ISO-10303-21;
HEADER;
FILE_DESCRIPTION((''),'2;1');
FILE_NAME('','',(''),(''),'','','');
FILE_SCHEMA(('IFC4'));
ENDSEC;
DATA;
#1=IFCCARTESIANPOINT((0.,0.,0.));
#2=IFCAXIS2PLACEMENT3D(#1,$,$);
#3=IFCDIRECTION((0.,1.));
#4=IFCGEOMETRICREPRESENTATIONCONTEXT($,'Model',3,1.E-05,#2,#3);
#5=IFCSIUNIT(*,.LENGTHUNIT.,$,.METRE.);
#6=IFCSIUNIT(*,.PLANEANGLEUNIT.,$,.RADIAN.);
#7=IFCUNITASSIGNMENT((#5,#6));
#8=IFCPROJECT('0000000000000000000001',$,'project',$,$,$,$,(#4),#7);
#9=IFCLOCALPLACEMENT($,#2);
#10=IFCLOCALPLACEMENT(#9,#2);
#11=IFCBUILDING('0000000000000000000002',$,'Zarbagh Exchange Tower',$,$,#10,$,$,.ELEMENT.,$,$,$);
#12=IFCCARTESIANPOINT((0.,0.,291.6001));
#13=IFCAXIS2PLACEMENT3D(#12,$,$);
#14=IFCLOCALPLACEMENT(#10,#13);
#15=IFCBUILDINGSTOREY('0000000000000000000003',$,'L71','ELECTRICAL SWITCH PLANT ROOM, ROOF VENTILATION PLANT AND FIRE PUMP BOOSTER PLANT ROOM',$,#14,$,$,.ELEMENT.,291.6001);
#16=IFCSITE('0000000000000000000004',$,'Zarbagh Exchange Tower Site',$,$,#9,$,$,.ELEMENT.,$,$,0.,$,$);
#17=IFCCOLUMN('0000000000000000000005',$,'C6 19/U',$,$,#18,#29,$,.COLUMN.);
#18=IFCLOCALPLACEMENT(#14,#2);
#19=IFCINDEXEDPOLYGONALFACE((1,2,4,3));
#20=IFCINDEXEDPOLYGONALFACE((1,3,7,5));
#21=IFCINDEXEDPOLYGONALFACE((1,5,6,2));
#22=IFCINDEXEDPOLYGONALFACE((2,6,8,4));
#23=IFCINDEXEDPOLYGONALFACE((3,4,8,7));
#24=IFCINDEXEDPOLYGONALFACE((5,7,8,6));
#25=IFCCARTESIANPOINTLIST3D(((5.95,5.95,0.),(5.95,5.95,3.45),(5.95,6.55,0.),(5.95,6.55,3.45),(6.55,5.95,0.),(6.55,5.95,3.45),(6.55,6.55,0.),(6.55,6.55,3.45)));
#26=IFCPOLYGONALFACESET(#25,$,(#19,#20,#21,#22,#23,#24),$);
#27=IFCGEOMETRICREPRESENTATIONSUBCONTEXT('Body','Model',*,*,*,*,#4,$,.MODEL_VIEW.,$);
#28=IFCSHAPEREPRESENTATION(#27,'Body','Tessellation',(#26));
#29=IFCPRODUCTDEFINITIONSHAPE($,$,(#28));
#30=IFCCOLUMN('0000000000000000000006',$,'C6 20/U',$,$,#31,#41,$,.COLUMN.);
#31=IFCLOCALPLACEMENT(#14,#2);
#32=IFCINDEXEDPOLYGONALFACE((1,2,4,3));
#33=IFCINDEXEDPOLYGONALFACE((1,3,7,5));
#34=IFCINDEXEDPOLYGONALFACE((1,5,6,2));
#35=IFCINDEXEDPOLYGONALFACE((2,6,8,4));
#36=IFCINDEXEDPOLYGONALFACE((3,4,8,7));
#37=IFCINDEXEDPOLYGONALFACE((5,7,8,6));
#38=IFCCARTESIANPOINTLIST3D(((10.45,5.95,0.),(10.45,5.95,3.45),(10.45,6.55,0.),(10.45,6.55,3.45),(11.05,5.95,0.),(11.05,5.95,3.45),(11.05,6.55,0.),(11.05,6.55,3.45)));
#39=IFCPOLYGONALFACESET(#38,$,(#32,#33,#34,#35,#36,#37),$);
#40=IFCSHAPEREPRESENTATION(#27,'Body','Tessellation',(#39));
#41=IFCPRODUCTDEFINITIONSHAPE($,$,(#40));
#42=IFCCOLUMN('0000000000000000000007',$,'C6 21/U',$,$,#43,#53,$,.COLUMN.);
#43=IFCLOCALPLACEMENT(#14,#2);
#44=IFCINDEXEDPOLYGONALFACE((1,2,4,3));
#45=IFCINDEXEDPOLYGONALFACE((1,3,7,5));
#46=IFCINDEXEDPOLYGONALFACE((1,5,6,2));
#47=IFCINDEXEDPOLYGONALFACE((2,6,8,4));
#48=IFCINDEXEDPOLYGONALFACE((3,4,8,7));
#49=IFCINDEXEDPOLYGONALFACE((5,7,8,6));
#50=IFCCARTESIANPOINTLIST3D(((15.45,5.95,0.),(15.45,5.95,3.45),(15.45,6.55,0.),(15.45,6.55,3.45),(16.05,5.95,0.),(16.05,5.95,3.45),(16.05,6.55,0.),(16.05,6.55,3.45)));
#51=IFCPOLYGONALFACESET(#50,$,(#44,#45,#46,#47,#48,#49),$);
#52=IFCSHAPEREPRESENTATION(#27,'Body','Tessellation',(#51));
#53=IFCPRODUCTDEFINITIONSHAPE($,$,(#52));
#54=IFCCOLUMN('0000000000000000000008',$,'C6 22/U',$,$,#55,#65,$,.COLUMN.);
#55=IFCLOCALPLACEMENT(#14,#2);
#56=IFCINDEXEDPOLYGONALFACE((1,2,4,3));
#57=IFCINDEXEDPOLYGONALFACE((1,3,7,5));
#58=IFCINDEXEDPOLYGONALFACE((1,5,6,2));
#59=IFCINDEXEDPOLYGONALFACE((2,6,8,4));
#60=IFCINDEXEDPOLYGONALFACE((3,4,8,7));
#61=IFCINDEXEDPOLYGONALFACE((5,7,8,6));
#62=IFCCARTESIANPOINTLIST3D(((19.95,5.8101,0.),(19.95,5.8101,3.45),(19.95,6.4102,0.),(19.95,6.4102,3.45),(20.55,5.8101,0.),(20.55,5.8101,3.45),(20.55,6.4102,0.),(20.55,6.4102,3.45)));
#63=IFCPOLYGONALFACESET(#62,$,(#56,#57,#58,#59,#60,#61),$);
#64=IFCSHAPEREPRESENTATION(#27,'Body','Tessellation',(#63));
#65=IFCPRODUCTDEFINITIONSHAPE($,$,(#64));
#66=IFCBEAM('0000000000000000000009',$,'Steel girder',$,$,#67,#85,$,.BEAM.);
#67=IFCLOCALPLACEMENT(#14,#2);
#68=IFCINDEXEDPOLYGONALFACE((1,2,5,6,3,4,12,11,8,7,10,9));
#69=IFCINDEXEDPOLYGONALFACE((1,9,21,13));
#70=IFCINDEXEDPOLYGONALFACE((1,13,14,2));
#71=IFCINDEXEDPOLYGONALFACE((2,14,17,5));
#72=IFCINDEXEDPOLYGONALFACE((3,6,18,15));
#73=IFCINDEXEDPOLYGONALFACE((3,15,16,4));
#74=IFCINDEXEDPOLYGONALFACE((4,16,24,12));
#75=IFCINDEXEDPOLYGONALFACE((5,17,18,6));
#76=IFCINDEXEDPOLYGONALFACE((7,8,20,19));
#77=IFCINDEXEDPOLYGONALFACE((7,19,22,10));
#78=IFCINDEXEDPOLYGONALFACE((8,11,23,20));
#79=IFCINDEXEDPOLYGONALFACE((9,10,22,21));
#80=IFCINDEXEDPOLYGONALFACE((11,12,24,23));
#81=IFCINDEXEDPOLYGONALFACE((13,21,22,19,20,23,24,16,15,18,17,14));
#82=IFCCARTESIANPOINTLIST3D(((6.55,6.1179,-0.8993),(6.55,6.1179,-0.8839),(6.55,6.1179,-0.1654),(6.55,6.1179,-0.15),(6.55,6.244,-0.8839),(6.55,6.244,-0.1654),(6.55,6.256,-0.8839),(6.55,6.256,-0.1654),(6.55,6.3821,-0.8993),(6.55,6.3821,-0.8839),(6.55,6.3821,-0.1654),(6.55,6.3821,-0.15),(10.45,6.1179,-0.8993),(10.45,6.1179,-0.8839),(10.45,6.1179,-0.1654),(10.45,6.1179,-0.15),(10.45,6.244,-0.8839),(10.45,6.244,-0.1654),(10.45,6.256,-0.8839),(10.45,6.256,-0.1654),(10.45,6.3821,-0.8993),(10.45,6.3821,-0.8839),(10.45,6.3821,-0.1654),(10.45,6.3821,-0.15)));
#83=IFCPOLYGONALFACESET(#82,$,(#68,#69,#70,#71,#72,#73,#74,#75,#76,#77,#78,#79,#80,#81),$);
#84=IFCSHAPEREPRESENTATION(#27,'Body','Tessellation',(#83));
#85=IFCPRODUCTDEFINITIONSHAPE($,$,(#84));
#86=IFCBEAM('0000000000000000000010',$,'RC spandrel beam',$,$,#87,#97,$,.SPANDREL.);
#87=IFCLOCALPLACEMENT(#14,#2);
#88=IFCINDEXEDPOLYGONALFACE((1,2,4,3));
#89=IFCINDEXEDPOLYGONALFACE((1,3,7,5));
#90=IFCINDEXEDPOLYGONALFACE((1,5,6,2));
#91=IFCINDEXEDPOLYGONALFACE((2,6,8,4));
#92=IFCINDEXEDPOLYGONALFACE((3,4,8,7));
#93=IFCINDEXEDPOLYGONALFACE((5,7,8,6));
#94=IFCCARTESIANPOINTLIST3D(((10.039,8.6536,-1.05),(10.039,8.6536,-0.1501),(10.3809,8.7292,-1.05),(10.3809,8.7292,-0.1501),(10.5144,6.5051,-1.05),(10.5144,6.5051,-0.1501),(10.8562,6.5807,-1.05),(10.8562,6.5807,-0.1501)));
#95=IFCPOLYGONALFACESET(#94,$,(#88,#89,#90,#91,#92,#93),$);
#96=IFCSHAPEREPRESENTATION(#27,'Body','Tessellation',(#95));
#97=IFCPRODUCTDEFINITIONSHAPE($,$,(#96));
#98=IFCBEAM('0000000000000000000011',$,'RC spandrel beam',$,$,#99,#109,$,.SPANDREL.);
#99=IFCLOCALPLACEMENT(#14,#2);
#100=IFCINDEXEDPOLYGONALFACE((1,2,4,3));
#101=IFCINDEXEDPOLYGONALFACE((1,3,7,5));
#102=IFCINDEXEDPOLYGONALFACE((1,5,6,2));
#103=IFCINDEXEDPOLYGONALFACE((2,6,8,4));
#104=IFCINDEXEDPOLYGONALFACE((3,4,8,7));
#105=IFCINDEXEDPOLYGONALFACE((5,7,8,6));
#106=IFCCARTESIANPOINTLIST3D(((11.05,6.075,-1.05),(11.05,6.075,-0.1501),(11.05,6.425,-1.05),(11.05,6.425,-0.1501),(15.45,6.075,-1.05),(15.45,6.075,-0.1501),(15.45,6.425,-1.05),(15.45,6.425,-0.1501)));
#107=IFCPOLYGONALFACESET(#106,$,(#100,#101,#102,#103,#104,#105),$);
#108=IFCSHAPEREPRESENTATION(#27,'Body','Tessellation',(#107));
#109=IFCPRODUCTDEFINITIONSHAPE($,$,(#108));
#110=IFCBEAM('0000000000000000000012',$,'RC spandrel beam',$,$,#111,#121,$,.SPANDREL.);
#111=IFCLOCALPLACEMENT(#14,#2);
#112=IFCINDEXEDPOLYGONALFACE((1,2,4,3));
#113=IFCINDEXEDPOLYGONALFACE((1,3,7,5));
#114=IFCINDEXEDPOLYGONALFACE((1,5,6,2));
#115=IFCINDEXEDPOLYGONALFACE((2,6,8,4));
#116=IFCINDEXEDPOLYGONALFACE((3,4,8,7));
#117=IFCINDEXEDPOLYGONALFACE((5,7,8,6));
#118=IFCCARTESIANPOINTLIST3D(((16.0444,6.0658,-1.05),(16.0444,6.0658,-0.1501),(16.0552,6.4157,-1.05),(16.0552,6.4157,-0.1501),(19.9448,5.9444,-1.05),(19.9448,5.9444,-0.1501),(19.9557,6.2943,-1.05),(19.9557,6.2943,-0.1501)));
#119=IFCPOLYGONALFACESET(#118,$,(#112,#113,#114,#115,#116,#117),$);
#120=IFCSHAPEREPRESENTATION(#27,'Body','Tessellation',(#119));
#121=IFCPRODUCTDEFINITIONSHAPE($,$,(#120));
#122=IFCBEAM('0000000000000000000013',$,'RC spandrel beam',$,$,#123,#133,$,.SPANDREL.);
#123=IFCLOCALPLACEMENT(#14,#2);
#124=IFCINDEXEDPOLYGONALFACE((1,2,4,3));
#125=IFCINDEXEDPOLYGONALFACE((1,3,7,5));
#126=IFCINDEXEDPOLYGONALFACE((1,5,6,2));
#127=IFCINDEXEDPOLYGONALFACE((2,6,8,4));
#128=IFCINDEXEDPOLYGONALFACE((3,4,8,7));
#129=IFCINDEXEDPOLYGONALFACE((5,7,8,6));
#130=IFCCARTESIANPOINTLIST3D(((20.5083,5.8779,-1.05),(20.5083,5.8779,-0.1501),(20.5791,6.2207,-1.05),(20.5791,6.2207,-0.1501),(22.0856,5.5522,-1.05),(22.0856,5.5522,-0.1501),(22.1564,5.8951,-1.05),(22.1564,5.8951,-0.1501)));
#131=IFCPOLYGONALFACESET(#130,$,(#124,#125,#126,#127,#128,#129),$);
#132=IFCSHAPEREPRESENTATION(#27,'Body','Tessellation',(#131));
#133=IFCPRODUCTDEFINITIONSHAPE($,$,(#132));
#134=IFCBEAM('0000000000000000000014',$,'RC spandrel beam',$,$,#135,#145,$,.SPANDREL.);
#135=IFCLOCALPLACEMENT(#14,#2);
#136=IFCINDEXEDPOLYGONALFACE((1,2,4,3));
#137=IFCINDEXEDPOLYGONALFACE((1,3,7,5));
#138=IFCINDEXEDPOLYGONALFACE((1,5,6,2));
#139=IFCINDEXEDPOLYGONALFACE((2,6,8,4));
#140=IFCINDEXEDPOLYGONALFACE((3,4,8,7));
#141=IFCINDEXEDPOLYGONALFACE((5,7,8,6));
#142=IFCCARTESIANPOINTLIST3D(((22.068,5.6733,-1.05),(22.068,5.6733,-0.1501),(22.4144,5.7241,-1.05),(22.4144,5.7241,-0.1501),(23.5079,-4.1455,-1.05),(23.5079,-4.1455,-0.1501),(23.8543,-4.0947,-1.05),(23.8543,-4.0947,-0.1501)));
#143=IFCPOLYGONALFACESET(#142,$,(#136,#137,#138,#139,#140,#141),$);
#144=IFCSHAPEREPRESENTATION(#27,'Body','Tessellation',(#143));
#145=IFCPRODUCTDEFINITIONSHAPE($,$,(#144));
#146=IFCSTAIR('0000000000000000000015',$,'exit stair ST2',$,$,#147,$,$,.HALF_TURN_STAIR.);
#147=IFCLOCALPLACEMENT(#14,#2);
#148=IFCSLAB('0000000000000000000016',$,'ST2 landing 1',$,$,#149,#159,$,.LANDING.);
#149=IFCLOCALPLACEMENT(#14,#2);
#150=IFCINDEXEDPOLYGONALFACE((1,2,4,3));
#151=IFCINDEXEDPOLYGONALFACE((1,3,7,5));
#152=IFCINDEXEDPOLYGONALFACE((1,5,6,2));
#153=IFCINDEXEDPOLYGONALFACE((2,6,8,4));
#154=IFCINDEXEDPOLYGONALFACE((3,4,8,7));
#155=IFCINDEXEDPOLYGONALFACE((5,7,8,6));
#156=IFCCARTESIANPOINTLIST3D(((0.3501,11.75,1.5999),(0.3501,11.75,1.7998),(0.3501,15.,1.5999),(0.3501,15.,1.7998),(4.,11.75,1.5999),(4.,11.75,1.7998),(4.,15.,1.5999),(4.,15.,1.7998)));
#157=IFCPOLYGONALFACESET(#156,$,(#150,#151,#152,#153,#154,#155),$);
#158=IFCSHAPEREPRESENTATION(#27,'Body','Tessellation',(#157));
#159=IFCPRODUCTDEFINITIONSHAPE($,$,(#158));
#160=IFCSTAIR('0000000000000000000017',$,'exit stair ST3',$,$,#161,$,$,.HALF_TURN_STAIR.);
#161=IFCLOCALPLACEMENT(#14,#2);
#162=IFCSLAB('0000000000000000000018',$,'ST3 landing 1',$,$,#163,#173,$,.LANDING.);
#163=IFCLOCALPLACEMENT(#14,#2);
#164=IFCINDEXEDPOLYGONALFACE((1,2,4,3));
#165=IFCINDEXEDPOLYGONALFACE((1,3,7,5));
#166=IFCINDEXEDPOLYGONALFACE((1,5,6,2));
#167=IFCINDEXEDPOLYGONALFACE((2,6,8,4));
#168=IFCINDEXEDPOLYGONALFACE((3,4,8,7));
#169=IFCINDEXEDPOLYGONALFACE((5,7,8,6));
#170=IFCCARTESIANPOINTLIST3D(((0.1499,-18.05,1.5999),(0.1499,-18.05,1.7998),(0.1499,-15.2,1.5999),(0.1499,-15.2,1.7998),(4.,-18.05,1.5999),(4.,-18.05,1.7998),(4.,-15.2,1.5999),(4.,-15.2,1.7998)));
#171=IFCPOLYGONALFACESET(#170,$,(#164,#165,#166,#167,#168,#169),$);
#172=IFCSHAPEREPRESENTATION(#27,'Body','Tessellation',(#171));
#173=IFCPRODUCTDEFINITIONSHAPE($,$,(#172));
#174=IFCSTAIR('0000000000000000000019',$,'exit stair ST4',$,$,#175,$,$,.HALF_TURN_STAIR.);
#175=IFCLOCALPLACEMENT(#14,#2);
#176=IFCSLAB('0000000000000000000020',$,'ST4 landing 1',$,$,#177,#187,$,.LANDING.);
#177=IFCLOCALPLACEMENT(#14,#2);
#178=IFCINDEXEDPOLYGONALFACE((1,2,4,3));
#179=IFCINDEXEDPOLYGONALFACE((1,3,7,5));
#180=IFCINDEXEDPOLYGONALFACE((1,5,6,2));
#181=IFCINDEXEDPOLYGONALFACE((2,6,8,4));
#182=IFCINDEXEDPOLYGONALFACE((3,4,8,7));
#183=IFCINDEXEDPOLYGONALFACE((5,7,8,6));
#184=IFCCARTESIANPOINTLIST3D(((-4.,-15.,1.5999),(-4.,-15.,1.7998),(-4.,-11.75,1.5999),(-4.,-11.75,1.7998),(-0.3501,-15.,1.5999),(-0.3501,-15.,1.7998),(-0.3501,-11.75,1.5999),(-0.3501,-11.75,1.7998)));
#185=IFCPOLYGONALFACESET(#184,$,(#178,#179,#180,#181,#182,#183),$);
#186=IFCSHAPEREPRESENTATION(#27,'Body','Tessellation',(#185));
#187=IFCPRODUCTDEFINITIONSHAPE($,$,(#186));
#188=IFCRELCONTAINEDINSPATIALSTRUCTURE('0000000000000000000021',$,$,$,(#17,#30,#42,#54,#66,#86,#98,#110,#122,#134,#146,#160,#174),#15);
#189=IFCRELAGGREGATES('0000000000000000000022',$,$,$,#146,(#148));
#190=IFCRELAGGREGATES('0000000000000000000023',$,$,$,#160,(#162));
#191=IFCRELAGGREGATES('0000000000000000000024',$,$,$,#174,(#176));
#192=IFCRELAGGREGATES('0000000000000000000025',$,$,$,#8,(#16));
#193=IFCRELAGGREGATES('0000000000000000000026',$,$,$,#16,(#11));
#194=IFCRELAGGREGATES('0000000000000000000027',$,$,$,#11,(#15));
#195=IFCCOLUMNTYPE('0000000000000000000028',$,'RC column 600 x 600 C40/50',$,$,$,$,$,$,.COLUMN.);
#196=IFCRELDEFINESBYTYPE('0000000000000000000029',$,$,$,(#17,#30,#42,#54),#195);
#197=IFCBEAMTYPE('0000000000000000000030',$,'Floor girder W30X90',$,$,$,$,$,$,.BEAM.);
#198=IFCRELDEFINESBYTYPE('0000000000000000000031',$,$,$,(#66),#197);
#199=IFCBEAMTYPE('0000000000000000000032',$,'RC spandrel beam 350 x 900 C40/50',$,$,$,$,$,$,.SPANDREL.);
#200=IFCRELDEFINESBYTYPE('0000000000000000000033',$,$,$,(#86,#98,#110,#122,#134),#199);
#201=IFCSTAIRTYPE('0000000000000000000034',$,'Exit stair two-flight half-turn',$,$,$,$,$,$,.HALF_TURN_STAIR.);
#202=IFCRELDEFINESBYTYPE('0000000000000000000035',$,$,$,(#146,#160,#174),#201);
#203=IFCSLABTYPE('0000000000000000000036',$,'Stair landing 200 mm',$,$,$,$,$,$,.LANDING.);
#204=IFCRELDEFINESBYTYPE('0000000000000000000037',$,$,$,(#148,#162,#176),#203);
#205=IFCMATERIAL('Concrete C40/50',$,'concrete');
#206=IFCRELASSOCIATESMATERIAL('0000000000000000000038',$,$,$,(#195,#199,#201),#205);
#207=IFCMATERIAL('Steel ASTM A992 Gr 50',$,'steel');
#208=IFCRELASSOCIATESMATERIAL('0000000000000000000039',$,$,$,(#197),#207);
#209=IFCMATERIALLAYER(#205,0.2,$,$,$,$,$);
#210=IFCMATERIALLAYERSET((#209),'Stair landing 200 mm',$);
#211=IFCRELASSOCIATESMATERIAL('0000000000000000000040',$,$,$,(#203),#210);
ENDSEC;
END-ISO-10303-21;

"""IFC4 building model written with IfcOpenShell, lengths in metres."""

from ifc_helpers import new_model, si_unit, direction, frame, origin, origin_2d, place, context, subcontext, project, spatial, polyline, rectangle, i_section, outline, extrude, material, layer, layer_set, material_profile, profile_set, type_object, element, aggregate, save


model = new_model("IFC4")

# Units and contexts
model_context = context("Model", 3, precision=1e-05, world=origin(), true_north=direction((0.0, 1.0)))
body_context = subcontext(model_context, "Body", "Model", "MODEL_VIEW")
ifc_project = project(units=[si_unit("LENGTHUNIT", "METRE"), si_unit("PLANEANGLEUNIT", "RADIAN")], contexts=[model_context])

# Site, building, storey
site_placement = place(None, origin())
site = spatial("IfcSite", under=ifc_project, at=site_placement, Name="Zarbagh Exchange Tower Site", CompositionType="ELEMENT", RefElevation=0.0)
building_placement = place(site_placement, origin())
building = spatial("IfcBuilding", under=site, at=building_placement, Name="Zarbagh Exchange Tower", CompositionType="ELEMENT")
storey_placement = place(building_placement, frame((0.0, 0.0, 291.6001)))
storey = spatial("IfcBuildingStorey", under=building, at=storey_placement, Name="L71", Description="ELECTRICAL SWITCH PLANT ROOM, ROOF VENTILATION PLANT AND FIRE PUMP BOOSTER PLANT ROOM", CompositionType="ELEMENT", Elevation=291.6001)

# Columns
ifc_material_1 = material(Name="Concrete C40/50", Category="concrete")
ifc_material_profile_1 = material_profile(ifc_material_1, rectangle(XDim=0.6001, YDim=0.6001, at=origin_2d()), Name="RC column 600 x 600 C40/50")
ifc_profile_set_1 = profile_set([ifc_material_profile_1], Name="Concrete C40/50")
column_type = type_object("IfcColumnType", Name="RC column 600 x 600 C40/50", PredefinedType="COLUMN", material=ifc_profile_set_1)
for number, where, z_axis, x_axis, name in (
    (1, (6.25, 6.25, 0.0), (0.0, 0.0, 1.0), (1.0, 0.0, 0.0), "C6 19/U"),
    (2, (10.75, 6.25, 0.0), (0.0, 0.0, 1.0), (1.0, 0.0, 0.0), "C6 20/U"),
    (3, (15.75, 6.25, 0.0), (0.0, 0.0, 1.0), (1.0, 0.0, 0.0), "C6 21/U"),
    (4, (20.25, 6.1101, 0.0), (0.0, 0.0, 1.0), (1.0, 0.0, 0.0), "C6 22/U"),
):
    element("IfcColumn", number, at=place(storey_placement, frame(where, z_axis=z_axis, x_axis=x_axis)), inside=storey, type_object=column_type, Name=name, PredefinedType="COLUMN", context=body_context, shape_type="SweptSolid", body=[
        extrude(rectangle(XDim=0.6001, YDim=0.6001, at=origin_2d()), origin(), (0.0, 0.0, 1.0), 3.45),
    ])

# Beams
ifc_material_2 = material(Name="Steel ASTM A992 Gr 50", Category="steel")
ifc_material_profile_2 = material_profile(ifc_material_2, i_section(OverallWidth=0.2642, OverallDepth=0.7493, WebThickness=0.012, FlangeThickness=0.0154, at=origin_2d()), Name="W30X90")
ifc_profile_set_2 = profile_set([ifc_material_profile_2], Name="Steel ASTM A992 Gr 50")
beam_type_1 = type_object("IfcBeamType", Name="Floor girder W30X90", PredefinedType="BEAM", material=ifc_profile_set_2)
beam_1_placement = place(storey_placement, frame((6.55, 6.25, -0.5247), z_axis=(1.0, 0.0, 0.0), x_axis=(0.0, 1.0, 0.0)))
element("IfcBeam", 5, at=beam_1_placement, inside=storey, type_object=beam_type_1, Name="Steel girder", PredefinedType="BEAM", context=body_context, shape_type="SweptSolid", body=[
    extrude(i_section(OverallWidth=0.2642, OverallDepth=0.7493, WebThickness=0.012, FlangeThickness=0.0154, at=origin_2d()), origin(), (0.0, 0.0, 1.0), 3.8999),
])
ifc_material_profile_3 = material_profile(ifc_material_1, rectangle(XDim=0.3501, YDim=0.8999, at=origin_2d()), Name="RC spandrel beam 350 x 900 C40/50")
ifc_profile_set_3 = profile_set([ifc_material_profile_3], Name="Concrete C40/50")
beam_type_2 = type_object("IfcBeamType", Name="RC spandrel beam 350 x 900 C40/50", PredefinedType="SPANDREL", material=ifc_profile_set_3)
beam_2_placement = place(storey_placement, frame((10.21, 8.6914, -0.6001), z_axis=(0.216026, -0.976388, 0.0), x_axis=(0.976388, 0.216026, 0.0)))
element("IfcBeam", 6, at=beam_2_placement, inside=storey, type_object=beam_type_2, Name="RC spandrel beam", PredefinedType="SPANDREL", context=body_context, shape_type="SweptSolid", body=[
    extrude(rectangle(XDim=0.3501, YDim=0.8999, at=origin_2d()), origin(), (0.0, 0.0, 1.0), 2.2004),
])
beam_3_placement = place(storey_placement, frame((11.05, 6.25, -0.6001), z_axis=(1.0, 0.0, 0.0), x_axis=(0.0, 1.0, 0.0)))
element("IfcBeam", 7, at=beam_3_placement, inside=storey, type_object=beam_type_2, Name="RC spandrel beam", PredefinedType="SPANDREL", context=body_context, shape_type="SweptSolid", body=[
    extrude(rectangle(XDim=0.3501, YDim=0.8999, at=origin_2d()), origin(), (0.0, 0.0, 1.0), 4.3999),
])
beam_4_placement = place(storey_placement, frame((16.0498, 6.2407, -0.6001), z_axis=(0.999516, -0.031094, 0.0), x_axis=(0.031094, 0.999516, 0.0)))
element("IfcBeam", 8, at=beam_4_placement, inside=storey, type_object=beam_type_2, Name="RC spandrel beam", PredefinedType="SPANDREL", context=body_context, shape_type="SweptSolid", body=[
    extrude(rectangle(XDim=0.3501, YDim=0.8999, at=origin_2d()), origin(), (0.0, 0.0, 1.0), 3.9023),
])
beam_5_placement = place(storey_placement, frame((20.5437, 6.0493, -0.6001), z_axis=(0.979343, -0.202205, 0.0), x_axis=(0.202205, 0.979343, 0.0)))
element("IfcBeam", 9, at=beam_5_placement, inside=storey, type_object=beam_type_2, Name="RC spandrel beam", PredefinedType="SPANDREL", context=body_context, shape_type="SweptSolid", body=[
    extrude(rectangle(XDim=0.3501, YDim=0.8999, at=origin_2d()), origin(), (0.0, 0.0, 1.0), 1.6106),
])
beam_6_placement = place(storey_placement, frame((22.2412, 5.6987, -0.6001), z_axis=(0.145099, -0.989417, 0.0), x_axis=(0.989417, 0.145099, 0.0)))
element("IfcBeam", 10, at=beam_6_placement, inside=storey, type_object=beam_type_2, Name="RC spandrel beam", PredefinedType="SPANDREL", context=body_context, shape_type="SweptSolid", body=[
    extrude(rectangle(XDim=0.3501, YDim=0.8999, at=origin_2d()), origin(), (0.0, 0.0, 1.0), 9.9238),
])

# Stairs, slabs
stair_type = type_object("IfcStairType", Name="Exit stair two-flight half-turn", PredefinedType="HALF_TURN_STAIR", material=ifc_material_1)
stair_1_placement = place(storey_placement, origin())
stair_1 = element("IfcStair", 11, at=stair_1_placement, inside=storey, type_object=stair_type, Name="exit stair ST2", PredefinedType="HALF_TURN_STAIR")
ifc_layer_1 = layer(ifc_material_1, 0.2)
ifc_layer_set_1 = layer_set([ifc_layer_1], Name="Stair landing 200 mm")
slab_type = type_object("IfcSlabType", Name="Stair landing 200 mm", PredefinedType="LANDING", material=ifc_layer_set_1)
slab_1_placement = place(storey_placement, frame((0.0, 0.0, 1.5999)))
slab_1 = element("IfcSlab", 12, at=slab_1_placement, type_object=slab_type, Name="ST2 landing 1", PredefinedType="LANDING", context=body_context, shape_type="SweptSolid", body=[
    extrude(outline(polyline([(0.3501, 11.75), (4.0, 11.75), (4.0, 15.0), (0.3501, 15.0), (0.3501, 11.75)])), origin(), (0.0, 0.0, 1.0), 0.2),
])
aggregate(stair_1, [slab_1])
stair_2_placement = place(storey_placement, origin())
stair_2 = element("IfcStair", 13, at=stair_2_placement, inside=storey, type_object=stair_type, Name="exit stair ST3", PredefinedType="HALF_TURN_STAIR")
slab_2_placement = place(storey_placement, frame((0.0, 0.0, 1.5999)))
slab_2 = element("IfcSlab", 14, at=slab_2_placement, type_object=slab_type, Name="ST3 landing 1", PredefinedType="LANDING", context=body_context, shape_type="SweptSolid", body=[
    extrude(outline(polyline([(0.1499, -18.05), (4.0, -18.05), (4.0, -15.2), (0.1499, -15.2), (0.1499, -18.05)])), origin(), (0.0, 0.0, 1.0), 0.2),
])
aggregate(stair_2, [slab_2])
stair_3_placement = place(storey_placement, origin())
stair_3 = element("IfcStair", 15, at=stair_3_placement, inside=storey, type_object=stair_type, Name="exit stair ST4", PredefinedType="HALF_TURN_STAIR")
slab_3_placement = place(storey_placement, frame((0.0, 0.0, 1.5999)))
slab_3 = element("IfcSlab", 16, at=slab_3_placement, type_object=slab_type, Name="ST4 landing 1", PredefinedType="LANDING", context=body_context, shape_type="SweptSolid", body=[
    extrude(outline(polyline([(-0.3501, -11.75), (-4.0, -11.75), (-4.0, -15.0), (-0.3501, -15.0), (-0.3501, -11.75)])), origin(), (0.0, 0.0, 1.0), 0.2),
])
aggregate(stair_3, [slab_3])

save(model, "model.ifc")
